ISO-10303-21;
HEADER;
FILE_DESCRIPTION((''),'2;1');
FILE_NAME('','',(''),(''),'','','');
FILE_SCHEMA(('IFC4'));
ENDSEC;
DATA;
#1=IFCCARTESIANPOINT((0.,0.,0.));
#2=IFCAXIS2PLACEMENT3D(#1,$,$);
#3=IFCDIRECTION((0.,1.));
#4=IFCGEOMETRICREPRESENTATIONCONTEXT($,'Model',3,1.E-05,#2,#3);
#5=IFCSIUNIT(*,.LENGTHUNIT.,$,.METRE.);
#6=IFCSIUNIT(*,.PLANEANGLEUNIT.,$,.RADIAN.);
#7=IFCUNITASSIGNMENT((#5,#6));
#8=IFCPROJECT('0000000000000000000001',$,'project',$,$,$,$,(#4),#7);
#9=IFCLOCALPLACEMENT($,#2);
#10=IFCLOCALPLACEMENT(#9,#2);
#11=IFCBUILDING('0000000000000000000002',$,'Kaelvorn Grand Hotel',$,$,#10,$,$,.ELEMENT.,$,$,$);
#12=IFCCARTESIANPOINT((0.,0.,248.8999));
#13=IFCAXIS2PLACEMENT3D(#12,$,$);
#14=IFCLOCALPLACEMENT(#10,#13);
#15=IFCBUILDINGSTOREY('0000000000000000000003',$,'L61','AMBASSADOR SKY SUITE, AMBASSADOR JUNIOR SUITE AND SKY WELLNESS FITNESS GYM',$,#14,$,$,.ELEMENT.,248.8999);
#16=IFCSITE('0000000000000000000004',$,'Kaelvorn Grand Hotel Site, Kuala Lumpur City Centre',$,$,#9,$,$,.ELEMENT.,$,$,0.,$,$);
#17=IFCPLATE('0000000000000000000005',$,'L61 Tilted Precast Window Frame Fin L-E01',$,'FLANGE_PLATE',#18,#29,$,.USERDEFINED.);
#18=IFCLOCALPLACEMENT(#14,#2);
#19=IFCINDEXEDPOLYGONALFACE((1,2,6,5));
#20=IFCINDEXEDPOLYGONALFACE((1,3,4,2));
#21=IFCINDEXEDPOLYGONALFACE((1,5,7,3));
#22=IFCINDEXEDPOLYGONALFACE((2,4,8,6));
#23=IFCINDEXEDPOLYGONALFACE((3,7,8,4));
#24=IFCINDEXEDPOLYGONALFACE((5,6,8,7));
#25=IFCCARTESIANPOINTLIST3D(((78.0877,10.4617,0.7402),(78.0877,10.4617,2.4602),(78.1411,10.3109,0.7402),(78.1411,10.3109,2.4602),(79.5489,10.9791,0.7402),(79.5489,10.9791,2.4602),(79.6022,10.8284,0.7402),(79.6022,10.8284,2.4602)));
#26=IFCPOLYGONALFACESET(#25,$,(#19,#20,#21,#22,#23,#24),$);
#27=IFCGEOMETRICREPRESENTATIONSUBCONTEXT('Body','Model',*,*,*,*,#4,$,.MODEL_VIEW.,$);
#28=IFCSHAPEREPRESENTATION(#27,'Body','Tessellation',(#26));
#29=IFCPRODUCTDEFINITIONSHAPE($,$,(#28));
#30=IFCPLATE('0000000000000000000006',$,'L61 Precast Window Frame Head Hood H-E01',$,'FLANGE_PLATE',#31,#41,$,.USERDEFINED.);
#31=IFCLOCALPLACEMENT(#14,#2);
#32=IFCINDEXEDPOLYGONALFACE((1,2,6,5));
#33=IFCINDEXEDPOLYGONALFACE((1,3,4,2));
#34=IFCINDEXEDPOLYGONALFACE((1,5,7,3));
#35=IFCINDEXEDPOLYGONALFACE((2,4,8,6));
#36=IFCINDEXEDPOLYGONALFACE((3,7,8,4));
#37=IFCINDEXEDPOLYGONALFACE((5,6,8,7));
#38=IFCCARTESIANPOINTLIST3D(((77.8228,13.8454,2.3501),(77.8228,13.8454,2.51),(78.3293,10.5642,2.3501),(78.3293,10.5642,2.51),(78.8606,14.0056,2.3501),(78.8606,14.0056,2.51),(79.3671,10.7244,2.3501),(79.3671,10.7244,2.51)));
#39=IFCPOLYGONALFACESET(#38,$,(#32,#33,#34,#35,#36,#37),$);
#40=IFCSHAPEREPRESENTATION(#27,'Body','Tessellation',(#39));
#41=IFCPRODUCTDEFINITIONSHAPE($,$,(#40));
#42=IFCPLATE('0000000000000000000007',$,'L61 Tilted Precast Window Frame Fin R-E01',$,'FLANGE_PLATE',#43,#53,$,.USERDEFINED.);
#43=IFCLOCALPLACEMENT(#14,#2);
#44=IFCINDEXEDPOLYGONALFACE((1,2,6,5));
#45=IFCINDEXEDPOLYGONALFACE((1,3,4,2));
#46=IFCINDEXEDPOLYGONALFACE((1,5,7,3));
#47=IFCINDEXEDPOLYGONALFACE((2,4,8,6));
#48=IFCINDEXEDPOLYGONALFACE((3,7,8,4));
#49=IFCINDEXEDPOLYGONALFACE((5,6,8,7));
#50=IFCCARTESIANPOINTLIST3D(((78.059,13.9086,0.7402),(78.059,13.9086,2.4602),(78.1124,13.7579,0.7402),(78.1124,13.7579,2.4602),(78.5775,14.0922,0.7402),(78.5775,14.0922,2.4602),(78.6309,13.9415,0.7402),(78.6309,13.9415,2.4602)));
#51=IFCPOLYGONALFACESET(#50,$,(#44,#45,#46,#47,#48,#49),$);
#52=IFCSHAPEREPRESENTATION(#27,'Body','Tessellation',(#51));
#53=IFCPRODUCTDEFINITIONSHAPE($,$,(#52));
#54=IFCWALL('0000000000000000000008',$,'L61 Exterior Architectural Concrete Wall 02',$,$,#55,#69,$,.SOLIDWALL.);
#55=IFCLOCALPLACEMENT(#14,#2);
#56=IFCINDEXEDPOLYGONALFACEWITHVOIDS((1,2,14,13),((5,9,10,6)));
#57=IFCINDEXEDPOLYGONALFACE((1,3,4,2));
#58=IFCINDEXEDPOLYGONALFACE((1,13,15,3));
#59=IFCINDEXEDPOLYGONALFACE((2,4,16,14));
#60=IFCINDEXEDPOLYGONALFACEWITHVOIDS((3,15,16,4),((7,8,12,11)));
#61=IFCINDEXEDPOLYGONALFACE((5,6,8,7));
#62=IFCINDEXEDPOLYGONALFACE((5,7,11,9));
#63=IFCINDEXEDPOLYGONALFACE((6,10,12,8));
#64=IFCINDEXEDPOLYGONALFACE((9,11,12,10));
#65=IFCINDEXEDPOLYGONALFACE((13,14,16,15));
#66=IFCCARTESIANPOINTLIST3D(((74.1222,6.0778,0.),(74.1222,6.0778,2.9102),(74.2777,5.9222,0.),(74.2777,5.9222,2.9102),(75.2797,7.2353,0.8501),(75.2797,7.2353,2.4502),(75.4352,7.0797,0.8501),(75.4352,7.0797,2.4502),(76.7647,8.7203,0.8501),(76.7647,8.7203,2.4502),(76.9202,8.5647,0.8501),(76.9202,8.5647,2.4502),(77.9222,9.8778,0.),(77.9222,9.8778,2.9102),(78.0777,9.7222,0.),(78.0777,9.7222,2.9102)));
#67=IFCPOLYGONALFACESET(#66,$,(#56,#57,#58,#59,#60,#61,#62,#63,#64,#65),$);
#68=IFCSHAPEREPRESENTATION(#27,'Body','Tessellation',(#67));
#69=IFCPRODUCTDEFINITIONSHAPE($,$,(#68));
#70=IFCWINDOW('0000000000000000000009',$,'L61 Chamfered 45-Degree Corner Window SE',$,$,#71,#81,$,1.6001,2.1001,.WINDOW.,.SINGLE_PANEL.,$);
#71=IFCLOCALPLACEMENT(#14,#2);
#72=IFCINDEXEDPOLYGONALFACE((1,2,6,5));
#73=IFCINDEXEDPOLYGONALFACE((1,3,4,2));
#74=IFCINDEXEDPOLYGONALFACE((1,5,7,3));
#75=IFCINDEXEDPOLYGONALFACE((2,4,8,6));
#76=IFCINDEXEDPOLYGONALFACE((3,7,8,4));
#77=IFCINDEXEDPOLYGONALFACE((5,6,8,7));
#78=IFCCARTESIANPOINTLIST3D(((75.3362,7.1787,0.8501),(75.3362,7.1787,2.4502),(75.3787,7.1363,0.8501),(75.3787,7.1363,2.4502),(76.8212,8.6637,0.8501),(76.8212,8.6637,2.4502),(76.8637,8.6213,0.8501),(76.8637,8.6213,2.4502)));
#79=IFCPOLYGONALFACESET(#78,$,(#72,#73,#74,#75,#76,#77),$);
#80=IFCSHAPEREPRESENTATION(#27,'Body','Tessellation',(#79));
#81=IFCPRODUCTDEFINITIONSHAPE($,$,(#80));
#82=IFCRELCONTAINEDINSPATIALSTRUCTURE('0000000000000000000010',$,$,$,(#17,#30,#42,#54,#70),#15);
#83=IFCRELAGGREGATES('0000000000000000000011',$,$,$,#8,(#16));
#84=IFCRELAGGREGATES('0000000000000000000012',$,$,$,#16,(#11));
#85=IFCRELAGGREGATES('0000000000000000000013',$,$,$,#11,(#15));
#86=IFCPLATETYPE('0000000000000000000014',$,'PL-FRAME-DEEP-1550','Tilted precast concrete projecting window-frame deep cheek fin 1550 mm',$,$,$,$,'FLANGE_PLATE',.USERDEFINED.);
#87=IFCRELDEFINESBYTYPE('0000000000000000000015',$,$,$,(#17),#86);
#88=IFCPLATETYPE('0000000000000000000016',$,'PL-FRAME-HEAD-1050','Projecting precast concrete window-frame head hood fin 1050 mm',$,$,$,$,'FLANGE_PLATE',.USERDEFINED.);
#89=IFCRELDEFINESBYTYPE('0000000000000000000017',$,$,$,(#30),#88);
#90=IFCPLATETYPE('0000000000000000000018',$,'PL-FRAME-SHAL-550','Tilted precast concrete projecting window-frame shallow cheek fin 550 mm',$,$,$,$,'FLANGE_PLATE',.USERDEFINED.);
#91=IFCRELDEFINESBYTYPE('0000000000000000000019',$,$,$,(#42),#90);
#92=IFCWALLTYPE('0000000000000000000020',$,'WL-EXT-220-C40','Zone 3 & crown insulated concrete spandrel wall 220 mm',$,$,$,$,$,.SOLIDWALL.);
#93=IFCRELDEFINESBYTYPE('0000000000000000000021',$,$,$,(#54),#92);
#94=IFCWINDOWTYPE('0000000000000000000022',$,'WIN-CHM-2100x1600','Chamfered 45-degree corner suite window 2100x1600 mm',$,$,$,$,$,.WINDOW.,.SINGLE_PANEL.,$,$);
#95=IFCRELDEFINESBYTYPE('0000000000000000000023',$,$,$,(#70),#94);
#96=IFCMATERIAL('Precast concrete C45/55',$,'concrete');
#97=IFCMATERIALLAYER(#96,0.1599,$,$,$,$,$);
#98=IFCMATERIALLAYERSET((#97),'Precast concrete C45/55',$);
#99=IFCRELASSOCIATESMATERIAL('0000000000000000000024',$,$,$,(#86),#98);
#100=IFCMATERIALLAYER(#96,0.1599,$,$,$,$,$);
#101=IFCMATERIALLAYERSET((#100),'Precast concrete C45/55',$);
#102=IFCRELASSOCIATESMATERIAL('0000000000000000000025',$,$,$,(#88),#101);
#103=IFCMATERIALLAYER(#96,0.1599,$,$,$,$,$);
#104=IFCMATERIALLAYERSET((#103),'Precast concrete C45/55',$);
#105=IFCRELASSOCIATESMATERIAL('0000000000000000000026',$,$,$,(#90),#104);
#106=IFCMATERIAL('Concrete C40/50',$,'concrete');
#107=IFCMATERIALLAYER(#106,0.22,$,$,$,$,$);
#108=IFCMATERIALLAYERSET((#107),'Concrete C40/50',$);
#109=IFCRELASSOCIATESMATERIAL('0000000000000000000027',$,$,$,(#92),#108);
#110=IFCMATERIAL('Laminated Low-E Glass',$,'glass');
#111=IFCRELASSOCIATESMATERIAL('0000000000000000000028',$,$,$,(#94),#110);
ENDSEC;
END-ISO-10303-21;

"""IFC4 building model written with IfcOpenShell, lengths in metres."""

from ifc_helpers import new_model, si_unit, direction, frame, frame_2d, origin, origin_2d, place, context, subcontext, project, spatial, rectangle, extrude, material, layer, layer_set, type_object, element, fill, save


model = new_model("IFC4")

# Units and contexts
model_context = context("Model", 3, precision=1e-05, world=origin(), true_north=direction((0.0, 1.0)))
body_context = subcontext(model_context, "Body", "Model", "MODEL_VIEW")
ifc_project = project(units=[si_unit("LENGTHUNIT", "METRE"), si_unit("PLANEANGLEUNIT", "RADIAN")], contexts=[model_context])

# Site, building, storey
site_placement = place(None, origin())
site = spatial("IfcSite", under=ifc_project, at=site_placement, Name="Kaelvorn Grand Hotel Site, Kuala Lumpur City Centre", CompositionType="ELEMENT", RefElevation=0.0)
building_placement = place(site_placement, origin())
building = spatial("IfcBuilding", under=site, at=building_placement, Name="Kaelvorn Grand Hotel", CompositionType="ELEMENT")
storey_placement = place(building_placement, frame((0.0, 0.0, 248.8999)))
storey = spatial("IfcBuildingStorey", under=building, at=storey_placement, Name="L61", Description="AMBASSADOR SKY SUITE, AMBASSADOR JUNIOR SUITE AND SKY WELLNESS FITNESS GYM", CompositionType="ELEMENT", Elevation=248.8999)

# Plates
ifc_material_1 = material(Name="Precast concrete C45/55", Category="concrete")
ifc_layer_1 = layer(ifc_material_1, 0.1599)
ifc_layer_set_1 = layer_set([ifc_layer_1], Name="Precast concrete C45/55")
plate_type_1 = type_object("IfcPlateType", Name="PL-FRAME-DEEP-1550", Description="Tilted precast concrete projecting window-frame deep cheek fin 1550 mm", ElementType="FLANGE_PLATE", PredefinedType="USERDEFINED", material=ifc_layer_set_1)
plate_1_placement = place(storey_placement, frame((78.845, 10.645, 0.7402), z_axis=(0.0, 0.0, 1.0), x_axis=(-0.333807, 0.942641, 0.0)))
element("IfcPlate", 1, at=plate_1_placement, inside=storey, type_object=plate_type_1, Name="L61 Tilted Precast Window Frame Fin L-E01", ObjectType="FLANGE_PLATE", PredefinedType="USERDEFINED", context=body_context, shape_type="SweptSolid", body=[
    extrude(rectangle(XDim=0.1599, YDim=1.55, at=origin_2d()), origin(), (0.0, 0.0, 1.0), 1.72),
])
ifc_layer_2 = layer(ifc_material_1, 0.1599)
ifc_layer_set_2 = layer_set([ifc_layer_2], Name="Precast concrete C45/55")
plate_type_2 = type_object("IfcPlateType", Name="PL-FRAME-HEAD-1050", Description="Projecting precast concrete window-frame head hood fin 1050 mm", ElementType="FLANGE_PLATE", PredefinedType="USERDEFINED", material=ifc_layer_set_2)
plate_2_placement = place(storey_placement, frame((78.595, 12.2849, 2.3501), z_axis=(0.0, 0.0, 1.0), x_axis=(-0.152555, 0.988295, 0.0)))
element("IfcPlate", 2, at=plate_2_placement, inside=storey, type_object=plate_type_2, Name="L61 Precast Window Frame Head Hood H-E01", ObjectType="FLANGE_PLATE", PredefinedType="USERDEFINED", context=body_context, shape_type="SweptSolid", body=[
    extrude(rectangle(XDim=3.3201, YDim=1.05, at=origin_2d()), origin(), (0.0, 0.0, 1.0), 0.1599),
])
ifc_layer_3 = layer(ifc_material_1, 0.1599)
ifc_layer_set_3 = layer_set([ifc_layer_3], Name="Precast concrete C45/55")
plate_type_3 = type_object("IfcPlateType", Name="PL-FRAME-SHAL-550", Description="Tilted precast concrete projecting window-frame shallow cheek fin 550 mm", ElementType="FLANGE_PLATE", PredefinedType="USERDEFINED", material=ifc_layer_set_3)
plate_3_placement = place(storey_placement, frame((78.345, 13.925, 0.7402), z_axis=(0.0, 0.0, 1.0), x_axis=(-0.333807, 0.942641, 0.0)))
element("IfcPlate", 3, at=plate_3_placement, inside=storey, type_object=plate_type_3, Name="L61 Tilted Precast Window Frame Fin R-E01", ObjectType="FLANGE_PLATE", PredefinedType="USERDEFINED", context=body_context, shape_type="SweptSolid", body=[
    extrude(rectangle(XDim=0.1599, YDim=0.55, at=origin_2d()), origin(), (0.0, 0.0, 1.0), 1.72),
])

# Wall, opening, window
ifc_material_2 = material(Name="Concrete C40/50", Category="concrete")
ifc_layer_4 = layer(ifc_material_2, 0.22)
ifc_layer_set_4 = layer_set([ifc_layer_4], Name="Concrete C40/50")
wall_type_1 = type_object("IfcWallType", Name="WL-EXT-220-C40", Description="Zone 3 & crown insulated concrete spandrel wall 220 mm", PredefinedType="SOLIDWALL", material=ifc_layer_set_4)
wall_1_placement = place(storey_placement, frame((74.2, 6.0, 0.0), z_axis=(0.0, 0.0, 1.0), x_axis=(0.707107, 0.707107, 0.0)))
wall_1 = element("IfcWall", 4, at=wall_1_placement, inside=storey, type_object=wall_type_1, Name="L61 Exterior Architectural Concrete Wall 02", PredefinedType="SOLIDWALL", context=body_context, shape_type="SweptSolid", body=[
    extrude(rectangle(XDim=5.374, YDim=0.22, at=frame_2d((2.687, 0.0))), origin(), (0.0, 0.0, 1.0), 2.9102),
])
opening_1_placement = place(wall_1_placement, frame((1.637, 0.0, 0.8501)))
opening_1 = element("IfcOpeningElement", 5, at=opening_1_placement, cuts=wall_1, PredefinedType="OPENING", context=body_context, shape_type="SweptSolid", body=[
    extrude(rectangle(XDim=2.1001, YDim=1.6001, at=frame_2d((1.05, 0.8))), frame((0.0, 0.1201, 0.0), z_axis=(0.0, -1.0, 0.0), x_axis=(1.0, 0.0, 0.0)), (0.0, 0.0, 1.0), 0.24),
])
ifc_material_3 = material(Name="Laminated Low-E Glass", Category="glass")
window_type_1 = type_object("IfcWindowType", Name="WIN-CHM-2100x1600", Description="Chamfered 45-degree corner suite window 2100x1600 mm", PartitioningType="SINGLE_PANEL", PredefinedType="WINDOW", material=ifc_material_3)
window_1_placement = place(opening_1_placement, origin())
window_1 = element("IfcWindow", 6, at=window_1_placement, inside=storey, type_object=window_type_1, Name="L61 Chamfered 45-Degree Corner Window SE", OverallHeight=1.6001, OverallWidth=2.1001, PartitioningType="SINGLE_PANEL", PredefinedType="WINDOW", context=body_context, shape_type="SweptSolid", body=[
    extrude(rectangle(XDim=2.1001, YDim=1.6001, at=frame_2d((1.05, 0.8))), frame((0.0, 0.03, 0.0), z_axis=(0.0, -1.0, 0.0), x_axis=(1.0, 0.0, 0.0)), (0.0, 0.0, 1.0), 0.0601),
])
fill(opening_1, window_1)

save(model, "model.ifc")
